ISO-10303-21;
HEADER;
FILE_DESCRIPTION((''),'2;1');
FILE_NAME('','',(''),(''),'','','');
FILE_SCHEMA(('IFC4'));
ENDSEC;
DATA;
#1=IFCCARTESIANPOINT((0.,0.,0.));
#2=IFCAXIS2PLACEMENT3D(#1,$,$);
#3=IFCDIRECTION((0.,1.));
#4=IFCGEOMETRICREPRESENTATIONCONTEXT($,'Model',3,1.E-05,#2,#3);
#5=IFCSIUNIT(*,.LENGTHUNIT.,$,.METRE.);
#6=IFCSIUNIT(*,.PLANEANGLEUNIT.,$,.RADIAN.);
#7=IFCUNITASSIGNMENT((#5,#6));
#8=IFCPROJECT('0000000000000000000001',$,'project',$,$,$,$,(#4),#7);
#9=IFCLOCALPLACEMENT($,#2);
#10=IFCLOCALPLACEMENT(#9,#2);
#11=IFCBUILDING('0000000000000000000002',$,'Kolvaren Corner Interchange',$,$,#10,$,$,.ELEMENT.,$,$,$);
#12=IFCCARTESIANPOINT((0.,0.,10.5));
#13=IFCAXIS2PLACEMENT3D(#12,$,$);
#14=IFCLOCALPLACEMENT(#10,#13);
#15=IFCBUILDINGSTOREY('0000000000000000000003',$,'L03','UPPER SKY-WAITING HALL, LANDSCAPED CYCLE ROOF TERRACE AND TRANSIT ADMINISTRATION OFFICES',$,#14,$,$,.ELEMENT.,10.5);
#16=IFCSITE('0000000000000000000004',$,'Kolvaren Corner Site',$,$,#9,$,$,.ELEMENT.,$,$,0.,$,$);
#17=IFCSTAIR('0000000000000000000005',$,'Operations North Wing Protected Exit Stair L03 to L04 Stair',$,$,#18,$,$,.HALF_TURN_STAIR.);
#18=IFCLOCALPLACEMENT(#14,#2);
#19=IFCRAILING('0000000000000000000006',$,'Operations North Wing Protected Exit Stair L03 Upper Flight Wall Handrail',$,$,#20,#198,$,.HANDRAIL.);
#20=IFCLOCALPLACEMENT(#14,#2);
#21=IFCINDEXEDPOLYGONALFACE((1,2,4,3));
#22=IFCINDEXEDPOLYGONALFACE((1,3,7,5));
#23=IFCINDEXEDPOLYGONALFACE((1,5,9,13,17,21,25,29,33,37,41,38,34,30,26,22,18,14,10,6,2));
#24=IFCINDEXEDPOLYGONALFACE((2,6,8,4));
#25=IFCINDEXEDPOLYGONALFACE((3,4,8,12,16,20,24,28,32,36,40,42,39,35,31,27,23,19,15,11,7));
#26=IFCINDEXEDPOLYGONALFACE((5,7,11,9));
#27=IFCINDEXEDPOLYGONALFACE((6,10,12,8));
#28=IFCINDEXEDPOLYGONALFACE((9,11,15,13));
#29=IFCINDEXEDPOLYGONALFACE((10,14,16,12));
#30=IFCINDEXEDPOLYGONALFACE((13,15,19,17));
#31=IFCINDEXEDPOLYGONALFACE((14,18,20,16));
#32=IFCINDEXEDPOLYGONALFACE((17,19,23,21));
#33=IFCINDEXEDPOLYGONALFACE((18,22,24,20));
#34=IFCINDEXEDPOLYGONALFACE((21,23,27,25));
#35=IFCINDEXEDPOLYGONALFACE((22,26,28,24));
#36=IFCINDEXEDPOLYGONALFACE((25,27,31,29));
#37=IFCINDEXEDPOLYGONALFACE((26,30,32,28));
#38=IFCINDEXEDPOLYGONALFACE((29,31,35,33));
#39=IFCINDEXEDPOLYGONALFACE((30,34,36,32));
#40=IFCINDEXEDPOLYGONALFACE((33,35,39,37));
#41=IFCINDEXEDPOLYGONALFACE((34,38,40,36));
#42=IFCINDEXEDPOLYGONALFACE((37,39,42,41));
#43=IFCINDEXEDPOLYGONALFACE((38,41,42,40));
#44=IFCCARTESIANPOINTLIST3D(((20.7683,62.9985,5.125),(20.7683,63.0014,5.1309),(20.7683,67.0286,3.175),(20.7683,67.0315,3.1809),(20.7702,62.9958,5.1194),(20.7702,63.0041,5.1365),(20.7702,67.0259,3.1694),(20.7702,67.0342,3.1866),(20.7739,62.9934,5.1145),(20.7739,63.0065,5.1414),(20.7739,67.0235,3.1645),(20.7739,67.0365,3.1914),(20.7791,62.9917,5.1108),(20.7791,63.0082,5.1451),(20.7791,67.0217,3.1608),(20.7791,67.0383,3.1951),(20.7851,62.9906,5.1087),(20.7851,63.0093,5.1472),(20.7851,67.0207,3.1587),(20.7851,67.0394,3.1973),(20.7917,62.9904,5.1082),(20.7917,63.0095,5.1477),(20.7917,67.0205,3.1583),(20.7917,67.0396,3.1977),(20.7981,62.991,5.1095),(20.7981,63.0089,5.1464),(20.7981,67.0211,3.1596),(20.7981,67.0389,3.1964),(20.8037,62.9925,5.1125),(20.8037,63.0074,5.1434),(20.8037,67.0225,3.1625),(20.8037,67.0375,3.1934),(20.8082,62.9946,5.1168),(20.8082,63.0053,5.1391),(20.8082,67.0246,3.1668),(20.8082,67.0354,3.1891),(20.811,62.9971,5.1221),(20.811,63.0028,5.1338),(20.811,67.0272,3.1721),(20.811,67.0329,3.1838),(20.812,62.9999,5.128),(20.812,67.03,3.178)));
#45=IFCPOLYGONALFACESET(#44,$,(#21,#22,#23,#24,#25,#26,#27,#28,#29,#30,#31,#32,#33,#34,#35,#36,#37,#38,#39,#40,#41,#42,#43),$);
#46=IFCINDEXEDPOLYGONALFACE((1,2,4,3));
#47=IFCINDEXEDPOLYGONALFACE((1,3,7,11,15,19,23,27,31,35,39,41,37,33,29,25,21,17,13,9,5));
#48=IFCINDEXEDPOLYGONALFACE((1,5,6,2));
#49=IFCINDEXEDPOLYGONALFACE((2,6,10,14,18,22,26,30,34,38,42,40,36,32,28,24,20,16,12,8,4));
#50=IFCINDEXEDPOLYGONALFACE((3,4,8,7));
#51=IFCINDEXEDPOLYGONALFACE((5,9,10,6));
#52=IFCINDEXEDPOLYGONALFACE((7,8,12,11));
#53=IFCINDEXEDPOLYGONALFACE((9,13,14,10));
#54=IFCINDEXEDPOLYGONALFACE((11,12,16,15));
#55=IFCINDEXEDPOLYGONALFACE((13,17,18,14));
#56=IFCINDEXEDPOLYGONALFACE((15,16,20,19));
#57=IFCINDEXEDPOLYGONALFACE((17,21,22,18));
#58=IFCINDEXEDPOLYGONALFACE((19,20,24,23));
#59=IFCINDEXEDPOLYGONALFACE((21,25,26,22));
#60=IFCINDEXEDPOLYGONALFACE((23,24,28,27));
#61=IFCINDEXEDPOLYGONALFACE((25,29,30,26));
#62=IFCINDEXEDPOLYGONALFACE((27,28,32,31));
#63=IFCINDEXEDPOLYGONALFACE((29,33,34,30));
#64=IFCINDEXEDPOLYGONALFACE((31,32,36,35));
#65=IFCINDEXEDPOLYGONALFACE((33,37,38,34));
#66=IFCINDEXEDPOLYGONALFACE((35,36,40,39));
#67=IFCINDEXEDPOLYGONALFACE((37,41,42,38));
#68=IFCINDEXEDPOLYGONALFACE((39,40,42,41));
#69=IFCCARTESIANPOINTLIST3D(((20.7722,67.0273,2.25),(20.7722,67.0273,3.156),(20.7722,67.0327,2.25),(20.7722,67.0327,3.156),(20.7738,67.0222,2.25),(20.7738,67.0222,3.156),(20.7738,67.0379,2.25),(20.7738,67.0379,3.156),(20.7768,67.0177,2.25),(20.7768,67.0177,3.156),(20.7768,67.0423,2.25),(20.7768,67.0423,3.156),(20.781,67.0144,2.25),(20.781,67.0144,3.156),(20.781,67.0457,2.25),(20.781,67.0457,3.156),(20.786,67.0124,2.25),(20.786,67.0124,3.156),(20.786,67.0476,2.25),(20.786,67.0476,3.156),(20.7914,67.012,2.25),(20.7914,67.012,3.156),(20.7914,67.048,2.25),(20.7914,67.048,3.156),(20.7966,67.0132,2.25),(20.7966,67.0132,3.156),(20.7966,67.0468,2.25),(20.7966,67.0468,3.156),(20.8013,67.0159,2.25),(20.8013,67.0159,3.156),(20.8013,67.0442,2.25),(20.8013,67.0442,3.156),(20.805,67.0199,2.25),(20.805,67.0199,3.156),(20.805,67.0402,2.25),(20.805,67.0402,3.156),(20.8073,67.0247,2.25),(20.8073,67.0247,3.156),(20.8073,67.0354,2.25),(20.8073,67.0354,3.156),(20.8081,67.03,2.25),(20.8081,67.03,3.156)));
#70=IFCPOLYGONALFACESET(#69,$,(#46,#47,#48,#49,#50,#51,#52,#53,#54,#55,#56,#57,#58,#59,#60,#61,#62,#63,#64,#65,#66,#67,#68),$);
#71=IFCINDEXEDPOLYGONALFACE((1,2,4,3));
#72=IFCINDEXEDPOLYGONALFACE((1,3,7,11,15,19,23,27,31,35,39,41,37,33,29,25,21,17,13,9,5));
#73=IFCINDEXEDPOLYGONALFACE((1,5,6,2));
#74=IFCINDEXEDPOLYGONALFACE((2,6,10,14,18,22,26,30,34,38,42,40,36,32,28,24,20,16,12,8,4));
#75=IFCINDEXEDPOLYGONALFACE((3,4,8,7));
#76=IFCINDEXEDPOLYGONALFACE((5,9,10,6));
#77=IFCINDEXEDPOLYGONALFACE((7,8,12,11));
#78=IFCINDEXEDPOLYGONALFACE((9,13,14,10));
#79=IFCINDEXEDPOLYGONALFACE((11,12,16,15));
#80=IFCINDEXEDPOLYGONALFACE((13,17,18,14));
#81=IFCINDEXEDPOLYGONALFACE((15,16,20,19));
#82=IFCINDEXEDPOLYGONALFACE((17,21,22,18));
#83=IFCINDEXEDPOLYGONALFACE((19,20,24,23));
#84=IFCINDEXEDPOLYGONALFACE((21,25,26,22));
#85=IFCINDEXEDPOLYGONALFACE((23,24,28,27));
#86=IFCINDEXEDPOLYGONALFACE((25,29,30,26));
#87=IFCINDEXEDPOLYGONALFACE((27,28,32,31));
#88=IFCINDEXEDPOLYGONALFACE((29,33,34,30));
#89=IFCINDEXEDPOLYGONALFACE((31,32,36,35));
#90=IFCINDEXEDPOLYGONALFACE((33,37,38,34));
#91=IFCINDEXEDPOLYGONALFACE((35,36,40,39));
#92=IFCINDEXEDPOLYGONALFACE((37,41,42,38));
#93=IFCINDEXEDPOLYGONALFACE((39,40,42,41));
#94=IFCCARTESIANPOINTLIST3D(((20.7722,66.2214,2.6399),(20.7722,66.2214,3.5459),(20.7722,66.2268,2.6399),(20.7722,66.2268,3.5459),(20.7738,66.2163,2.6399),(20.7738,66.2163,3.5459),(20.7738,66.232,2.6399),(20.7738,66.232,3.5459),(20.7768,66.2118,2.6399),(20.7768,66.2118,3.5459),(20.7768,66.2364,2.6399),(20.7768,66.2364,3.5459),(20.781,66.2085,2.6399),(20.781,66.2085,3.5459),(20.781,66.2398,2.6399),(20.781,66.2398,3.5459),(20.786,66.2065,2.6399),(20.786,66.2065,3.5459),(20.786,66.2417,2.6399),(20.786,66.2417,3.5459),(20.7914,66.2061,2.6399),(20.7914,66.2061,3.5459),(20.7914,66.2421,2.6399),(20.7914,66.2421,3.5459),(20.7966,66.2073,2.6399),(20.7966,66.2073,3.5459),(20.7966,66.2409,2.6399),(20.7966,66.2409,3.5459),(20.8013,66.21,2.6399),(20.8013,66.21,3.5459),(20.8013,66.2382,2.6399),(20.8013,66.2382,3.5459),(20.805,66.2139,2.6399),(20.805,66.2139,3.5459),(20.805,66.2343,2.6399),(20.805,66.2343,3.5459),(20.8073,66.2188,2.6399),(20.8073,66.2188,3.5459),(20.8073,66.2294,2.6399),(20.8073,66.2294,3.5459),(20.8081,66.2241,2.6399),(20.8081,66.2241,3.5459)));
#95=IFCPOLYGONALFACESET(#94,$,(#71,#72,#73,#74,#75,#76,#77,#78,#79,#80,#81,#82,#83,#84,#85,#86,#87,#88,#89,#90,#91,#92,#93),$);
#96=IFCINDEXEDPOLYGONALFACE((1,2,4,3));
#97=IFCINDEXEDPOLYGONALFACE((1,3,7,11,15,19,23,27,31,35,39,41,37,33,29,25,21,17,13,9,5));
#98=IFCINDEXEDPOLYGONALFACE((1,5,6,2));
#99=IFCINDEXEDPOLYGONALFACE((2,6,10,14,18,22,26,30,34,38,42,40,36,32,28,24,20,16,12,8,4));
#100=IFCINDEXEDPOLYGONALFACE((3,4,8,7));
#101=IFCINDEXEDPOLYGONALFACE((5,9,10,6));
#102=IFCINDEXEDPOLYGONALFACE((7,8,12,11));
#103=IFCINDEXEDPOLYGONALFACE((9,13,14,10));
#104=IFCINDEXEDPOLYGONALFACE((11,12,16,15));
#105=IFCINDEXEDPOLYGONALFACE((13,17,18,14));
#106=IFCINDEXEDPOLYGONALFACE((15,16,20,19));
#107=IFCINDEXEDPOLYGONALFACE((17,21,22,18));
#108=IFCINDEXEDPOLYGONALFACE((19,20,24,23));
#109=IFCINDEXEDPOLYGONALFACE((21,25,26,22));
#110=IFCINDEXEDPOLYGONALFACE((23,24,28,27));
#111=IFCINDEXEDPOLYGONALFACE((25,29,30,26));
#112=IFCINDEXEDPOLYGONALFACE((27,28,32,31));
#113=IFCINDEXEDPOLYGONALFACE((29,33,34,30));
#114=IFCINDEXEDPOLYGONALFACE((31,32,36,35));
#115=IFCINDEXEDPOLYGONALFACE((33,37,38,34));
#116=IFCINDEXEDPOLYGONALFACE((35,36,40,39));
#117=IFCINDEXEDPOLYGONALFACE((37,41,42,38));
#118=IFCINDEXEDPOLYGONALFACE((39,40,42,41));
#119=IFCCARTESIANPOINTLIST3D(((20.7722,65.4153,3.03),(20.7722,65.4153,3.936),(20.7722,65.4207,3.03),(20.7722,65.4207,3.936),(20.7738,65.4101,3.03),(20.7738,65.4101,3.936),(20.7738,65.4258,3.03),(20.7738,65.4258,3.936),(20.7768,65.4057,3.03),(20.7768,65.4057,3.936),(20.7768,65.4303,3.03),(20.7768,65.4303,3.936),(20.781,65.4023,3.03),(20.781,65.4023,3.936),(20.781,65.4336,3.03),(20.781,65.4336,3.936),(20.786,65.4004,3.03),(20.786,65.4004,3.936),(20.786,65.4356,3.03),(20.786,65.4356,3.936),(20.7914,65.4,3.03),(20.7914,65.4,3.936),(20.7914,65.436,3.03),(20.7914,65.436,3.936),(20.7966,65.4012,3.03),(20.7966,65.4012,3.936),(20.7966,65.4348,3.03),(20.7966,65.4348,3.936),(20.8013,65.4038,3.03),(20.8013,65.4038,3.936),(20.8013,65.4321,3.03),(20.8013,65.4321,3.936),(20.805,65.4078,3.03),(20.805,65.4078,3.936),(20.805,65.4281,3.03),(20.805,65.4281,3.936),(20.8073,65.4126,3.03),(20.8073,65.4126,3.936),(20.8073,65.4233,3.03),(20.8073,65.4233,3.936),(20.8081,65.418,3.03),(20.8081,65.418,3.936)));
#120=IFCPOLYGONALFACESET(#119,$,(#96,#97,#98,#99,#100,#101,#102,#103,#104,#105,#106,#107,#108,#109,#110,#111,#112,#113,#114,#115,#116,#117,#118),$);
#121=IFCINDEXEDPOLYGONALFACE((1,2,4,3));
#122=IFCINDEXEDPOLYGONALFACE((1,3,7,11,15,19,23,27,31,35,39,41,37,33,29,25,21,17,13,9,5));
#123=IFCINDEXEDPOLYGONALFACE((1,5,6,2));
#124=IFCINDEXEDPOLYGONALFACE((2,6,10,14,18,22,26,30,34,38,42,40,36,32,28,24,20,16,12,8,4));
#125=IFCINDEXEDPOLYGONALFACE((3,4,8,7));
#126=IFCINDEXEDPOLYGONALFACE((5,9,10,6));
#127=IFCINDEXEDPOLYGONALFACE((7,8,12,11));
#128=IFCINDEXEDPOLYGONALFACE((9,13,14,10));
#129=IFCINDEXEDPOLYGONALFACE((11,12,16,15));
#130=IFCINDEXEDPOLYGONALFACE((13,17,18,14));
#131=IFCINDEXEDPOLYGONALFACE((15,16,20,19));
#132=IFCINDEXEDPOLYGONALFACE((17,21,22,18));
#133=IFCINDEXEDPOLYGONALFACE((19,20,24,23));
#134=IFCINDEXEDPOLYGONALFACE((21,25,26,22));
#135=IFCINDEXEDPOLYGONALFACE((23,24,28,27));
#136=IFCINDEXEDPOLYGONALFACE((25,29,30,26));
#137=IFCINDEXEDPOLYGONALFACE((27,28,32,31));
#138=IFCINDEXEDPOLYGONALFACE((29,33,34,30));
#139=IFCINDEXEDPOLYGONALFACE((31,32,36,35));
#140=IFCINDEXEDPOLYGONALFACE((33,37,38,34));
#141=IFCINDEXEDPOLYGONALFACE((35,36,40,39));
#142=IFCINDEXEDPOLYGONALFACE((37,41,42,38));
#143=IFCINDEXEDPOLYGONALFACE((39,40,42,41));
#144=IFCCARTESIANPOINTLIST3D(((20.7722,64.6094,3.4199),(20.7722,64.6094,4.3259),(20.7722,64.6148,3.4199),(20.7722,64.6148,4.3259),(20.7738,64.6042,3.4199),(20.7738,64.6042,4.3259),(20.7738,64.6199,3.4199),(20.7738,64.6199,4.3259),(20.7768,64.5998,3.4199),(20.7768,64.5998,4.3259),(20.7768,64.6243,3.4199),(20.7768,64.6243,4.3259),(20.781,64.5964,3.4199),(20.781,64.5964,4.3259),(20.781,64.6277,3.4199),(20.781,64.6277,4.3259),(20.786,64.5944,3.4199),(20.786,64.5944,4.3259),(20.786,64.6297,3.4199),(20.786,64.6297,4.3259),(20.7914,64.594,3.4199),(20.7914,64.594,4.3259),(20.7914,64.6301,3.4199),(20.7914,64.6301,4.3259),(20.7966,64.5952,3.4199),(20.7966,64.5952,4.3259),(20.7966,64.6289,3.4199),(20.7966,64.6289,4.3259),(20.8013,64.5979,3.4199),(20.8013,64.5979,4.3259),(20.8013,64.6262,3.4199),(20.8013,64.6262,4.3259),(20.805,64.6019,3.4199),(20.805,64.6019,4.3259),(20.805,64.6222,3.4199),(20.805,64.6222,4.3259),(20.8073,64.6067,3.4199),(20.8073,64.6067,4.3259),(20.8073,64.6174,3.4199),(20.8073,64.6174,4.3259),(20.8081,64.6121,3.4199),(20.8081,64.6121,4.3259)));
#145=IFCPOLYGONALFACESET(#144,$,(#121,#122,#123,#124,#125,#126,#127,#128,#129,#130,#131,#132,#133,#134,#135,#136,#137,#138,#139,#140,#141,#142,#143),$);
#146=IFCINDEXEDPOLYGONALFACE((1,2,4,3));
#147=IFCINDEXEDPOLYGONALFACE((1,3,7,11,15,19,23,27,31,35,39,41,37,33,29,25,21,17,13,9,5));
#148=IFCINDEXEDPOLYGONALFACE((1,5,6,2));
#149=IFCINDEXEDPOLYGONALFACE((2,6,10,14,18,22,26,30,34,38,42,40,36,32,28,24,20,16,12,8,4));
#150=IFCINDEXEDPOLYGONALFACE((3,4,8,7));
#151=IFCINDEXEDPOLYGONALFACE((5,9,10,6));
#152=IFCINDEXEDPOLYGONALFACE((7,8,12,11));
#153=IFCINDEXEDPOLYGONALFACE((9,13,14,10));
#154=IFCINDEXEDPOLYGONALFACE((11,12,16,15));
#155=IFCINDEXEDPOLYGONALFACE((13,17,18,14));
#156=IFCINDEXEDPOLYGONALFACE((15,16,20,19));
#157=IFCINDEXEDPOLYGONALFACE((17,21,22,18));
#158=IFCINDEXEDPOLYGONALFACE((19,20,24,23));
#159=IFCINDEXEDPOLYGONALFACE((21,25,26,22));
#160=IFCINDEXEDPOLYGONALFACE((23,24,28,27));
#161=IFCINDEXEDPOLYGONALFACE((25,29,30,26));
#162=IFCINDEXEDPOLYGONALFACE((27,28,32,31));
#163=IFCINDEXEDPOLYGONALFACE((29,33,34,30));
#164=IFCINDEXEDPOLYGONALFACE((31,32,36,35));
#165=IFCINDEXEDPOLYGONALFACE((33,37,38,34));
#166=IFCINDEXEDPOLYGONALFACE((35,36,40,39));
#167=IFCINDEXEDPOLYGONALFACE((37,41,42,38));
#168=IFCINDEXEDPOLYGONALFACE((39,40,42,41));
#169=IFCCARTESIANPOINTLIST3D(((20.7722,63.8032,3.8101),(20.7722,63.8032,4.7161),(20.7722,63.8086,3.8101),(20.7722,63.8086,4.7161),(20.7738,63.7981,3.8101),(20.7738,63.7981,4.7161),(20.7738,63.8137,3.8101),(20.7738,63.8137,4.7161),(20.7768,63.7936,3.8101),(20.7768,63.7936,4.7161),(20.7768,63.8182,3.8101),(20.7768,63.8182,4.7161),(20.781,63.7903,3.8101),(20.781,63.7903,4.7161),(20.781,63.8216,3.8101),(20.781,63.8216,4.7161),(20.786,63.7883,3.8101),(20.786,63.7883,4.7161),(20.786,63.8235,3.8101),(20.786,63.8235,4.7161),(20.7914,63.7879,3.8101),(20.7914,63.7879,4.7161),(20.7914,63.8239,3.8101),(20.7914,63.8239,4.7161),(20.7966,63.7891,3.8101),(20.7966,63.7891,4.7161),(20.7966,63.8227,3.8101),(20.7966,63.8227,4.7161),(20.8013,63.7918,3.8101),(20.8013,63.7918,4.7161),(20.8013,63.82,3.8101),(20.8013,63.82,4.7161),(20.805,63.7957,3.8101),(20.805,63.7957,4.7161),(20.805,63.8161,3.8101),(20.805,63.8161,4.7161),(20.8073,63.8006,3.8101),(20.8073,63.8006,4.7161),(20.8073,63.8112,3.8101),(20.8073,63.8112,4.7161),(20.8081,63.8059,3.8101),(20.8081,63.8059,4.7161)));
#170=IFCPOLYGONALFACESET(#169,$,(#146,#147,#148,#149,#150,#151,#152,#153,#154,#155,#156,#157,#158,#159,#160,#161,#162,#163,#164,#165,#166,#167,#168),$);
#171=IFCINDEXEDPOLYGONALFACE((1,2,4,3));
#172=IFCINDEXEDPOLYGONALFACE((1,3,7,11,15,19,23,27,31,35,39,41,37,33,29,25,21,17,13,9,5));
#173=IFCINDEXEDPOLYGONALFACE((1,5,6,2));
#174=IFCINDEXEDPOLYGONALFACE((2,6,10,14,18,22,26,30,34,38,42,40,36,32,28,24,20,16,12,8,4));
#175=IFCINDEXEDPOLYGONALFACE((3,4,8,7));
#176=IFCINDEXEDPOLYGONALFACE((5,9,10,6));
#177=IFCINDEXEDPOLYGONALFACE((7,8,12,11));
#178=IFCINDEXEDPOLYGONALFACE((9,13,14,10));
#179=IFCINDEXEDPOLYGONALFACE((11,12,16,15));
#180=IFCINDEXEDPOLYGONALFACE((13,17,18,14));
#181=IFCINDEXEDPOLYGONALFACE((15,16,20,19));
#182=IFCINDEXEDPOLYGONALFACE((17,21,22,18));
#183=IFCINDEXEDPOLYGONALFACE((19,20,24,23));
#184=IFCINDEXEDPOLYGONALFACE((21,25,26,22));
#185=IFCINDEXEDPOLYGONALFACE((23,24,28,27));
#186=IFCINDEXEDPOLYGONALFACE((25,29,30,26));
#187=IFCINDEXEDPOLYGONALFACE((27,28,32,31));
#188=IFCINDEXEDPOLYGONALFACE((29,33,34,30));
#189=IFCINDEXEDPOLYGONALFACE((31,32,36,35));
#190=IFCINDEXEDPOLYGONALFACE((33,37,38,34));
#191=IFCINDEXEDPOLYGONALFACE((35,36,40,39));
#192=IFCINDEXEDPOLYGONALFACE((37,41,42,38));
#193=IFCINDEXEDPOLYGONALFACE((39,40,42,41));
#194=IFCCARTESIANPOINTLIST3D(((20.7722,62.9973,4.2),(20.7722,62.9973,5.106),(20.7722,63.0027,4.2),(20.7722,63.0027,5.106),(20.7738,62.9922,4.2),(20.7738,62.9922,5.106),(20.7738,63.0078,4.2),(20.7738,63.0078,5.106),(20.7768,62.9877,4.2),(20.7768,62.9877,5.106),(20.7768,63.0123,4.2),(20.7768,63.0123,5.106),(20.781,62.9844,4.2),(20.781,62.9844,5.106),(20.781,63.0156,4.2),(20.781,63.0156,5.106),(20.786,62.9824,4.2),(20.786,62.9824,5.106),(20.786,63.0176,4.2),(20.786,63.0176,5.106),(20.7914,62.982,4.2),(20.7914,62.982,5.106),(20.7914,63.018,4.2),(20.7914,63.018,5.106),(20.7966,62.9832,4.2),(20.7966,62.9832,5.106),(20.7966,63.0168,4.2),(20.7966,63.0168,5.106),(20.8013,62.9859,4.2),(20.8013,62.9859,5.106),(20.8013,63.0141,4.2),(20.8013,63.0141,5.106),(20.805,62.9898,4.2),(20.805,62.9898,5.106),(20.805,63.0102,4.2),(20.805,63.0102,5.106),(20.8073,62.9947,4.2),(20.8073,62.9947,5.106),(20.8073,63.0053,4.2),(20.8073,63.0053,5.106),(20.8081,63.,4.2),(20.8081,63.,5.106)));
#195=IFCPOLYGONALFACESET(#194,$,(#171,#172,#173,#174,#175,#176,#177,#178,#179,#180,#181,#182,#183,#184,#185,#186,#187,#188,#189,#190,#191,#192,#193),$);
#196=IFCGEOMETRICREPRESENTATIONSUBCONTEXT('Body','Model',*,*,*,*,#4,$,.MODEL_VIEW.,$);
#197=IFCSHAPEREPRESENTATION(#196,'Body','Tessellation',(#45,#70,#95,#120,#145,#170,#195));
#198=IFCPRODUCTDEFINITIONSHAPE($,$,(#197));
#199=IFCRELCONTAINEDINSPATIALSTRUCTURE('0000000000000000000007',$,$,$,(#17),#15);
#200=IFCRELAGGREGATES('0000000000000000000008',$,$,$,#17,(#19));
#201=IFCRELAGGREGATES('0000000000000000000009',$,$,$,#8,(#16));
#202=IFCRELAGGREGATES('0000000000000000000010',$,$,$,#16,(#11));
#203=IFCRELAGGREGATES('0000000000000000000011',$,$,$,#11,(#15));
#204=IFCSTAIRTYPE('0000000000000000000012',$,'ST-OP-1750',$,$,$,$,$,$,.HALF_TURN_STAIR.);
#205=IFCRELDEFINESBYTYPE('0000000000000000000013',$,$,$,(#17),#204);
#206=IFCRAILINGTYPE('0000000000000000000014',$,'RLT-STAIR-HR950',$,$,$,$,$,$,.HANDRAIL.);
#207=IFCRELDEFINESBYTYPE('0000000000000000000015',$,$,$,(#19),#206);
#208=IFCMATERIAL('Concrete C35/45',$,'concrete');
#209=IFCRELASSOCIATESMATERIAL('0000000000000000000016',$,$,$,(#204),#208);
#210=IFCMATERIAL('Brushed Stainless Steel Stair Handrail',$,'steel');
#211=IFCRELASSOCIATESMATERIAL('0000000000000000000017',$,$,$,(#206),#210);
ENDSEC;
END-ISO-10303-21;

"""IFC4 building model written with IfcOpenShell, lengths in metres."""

from ifc_helpers import new_model, si_unit, direction, frame, origin, origin_2d, place, context, subcontext, project, spatial, circle, extrude, material, type_object, element, aggregate, save


model = new_model("IFC4")

# Units and contexts
model_context = context("Model", 3, precision=1e-05, world=origin(), true_north=direction((0.0, 1.0)))
body_context = subcontext(model_context, "Body", "Model", "MODEL_VIEW")
ifc_project = project(units=[si_unit("LENGTHUNIT", "METRE"), si_unit("PLANEANGLEUNIT", "RADIAN")], contexts=[model_context])

# Site, building, storey
site_placement = place(None, origin())
site = spatial("IfcSite", under=ifc_project, at=site_placement, Name="Kolvaren Corner Site", CompositionType="ELEMENT", RefElevation=0.0)
building_placement = place(site_placement, origin())
building = spatial("IfcBuilding", under=site, at=building_placement, Name="Kolvaren Corner Interchange", CompositionType="ELEMENT")
storey_placement = place(building_placement, frame((0.0, 0.0, 10.5)))
storey = spatial("IfcBuildingStorey", under=building, at=storey_placement, Name="L03", Description="UPPER SKY-WAITING HALL, LANDSCAPED CYCLE ROOF TERRACE AND TRANSIT ADMINISTRATION OFFICES", CompositionType="ELEMENT", Elevation=10.5)

# Stair
ifc_material_1 = material(Name="Concrete C35/45", Category="concrete")
stair_type = type_object("IfcStairType", Name="ST-OP-1750", PredefinedType="HALF_TURN_STAIR", material=ifc_material_1)
stair_placement = place(storey_placement, origin())
stair = element("IfcStair", 1, at=stair_placement, inside=storey, type_object=stair_type, Name="Operations North Wing Protected Exit Stair L03 to L04 Stair", PredefinedType="HALF_TURN_STAIR")

# Railing
ifc_material_2 = material(Name="Brushed Stainless Steel Stair Handrail", Category="steel")
railing_type_1 = type_object("IfcRailingType", Name="RLT-STAIR-HR950", PredefinedType="HANDRAIL", material=ifc_material_2)
railing_1_placement = place(storey_placement, frame((20.79, 67.03, 2.25)))
railing_1 = element("IfcRailing", 2, at=railing_1_placement, type_object=railing_type_1, Name="Operations North Wing Protected Exit Stair L03 Upper Flight Wall Handrail", PredefinedType="HANDRAIL", context=body_context, shape_type="SweptSolid", body=[
    extrude(circle(Radius=0.022, at=origin_2d()), frame((0.0, 0.0, 0.928), z_axis=(0.0, -0.900165, 0.43555), x_axis=(1.0, 0.0, 0.0)), (0.0, 0.0, 1.0), 4.4771),
    extrude(circle(Radius=0.0181, at=origin_2d()), origin(), (0.0, 0.0, 1.0), 0.906),
    extrude(circle(Radius=0.0181, at=origin_2d()), frame((0.0, -0.8059, 0.3899)), (0.0, 0.0, 1.0), 0.906),
    extrude(circle(Radius=0.0181, at=origin_2d()), frame((0.0, -1.6121, 0.78)), (0.0, 0.0, 1.0), 0.906),
    extrude(circle(Radius=0.0181, at=origin_2d()), frame((0.0, -2.418, 1.1699)), (0.0, 0.0, 1.0), 0.906),
    extrude(circle(Radius=0.0181, at=origin_2d()), frame((0.0, -3.2241, 1.5601)), (0.0, 0.0, 1.0), 0.906),
    extrude(circle(Radius=0.0181, at=origin_2d()), frame((0.0, -4.03, 1.95)), (0.0, 0.0, 1.0), 0.906),
])
aggregate(stair, [railing_1])

save(model, "model.ifc")
